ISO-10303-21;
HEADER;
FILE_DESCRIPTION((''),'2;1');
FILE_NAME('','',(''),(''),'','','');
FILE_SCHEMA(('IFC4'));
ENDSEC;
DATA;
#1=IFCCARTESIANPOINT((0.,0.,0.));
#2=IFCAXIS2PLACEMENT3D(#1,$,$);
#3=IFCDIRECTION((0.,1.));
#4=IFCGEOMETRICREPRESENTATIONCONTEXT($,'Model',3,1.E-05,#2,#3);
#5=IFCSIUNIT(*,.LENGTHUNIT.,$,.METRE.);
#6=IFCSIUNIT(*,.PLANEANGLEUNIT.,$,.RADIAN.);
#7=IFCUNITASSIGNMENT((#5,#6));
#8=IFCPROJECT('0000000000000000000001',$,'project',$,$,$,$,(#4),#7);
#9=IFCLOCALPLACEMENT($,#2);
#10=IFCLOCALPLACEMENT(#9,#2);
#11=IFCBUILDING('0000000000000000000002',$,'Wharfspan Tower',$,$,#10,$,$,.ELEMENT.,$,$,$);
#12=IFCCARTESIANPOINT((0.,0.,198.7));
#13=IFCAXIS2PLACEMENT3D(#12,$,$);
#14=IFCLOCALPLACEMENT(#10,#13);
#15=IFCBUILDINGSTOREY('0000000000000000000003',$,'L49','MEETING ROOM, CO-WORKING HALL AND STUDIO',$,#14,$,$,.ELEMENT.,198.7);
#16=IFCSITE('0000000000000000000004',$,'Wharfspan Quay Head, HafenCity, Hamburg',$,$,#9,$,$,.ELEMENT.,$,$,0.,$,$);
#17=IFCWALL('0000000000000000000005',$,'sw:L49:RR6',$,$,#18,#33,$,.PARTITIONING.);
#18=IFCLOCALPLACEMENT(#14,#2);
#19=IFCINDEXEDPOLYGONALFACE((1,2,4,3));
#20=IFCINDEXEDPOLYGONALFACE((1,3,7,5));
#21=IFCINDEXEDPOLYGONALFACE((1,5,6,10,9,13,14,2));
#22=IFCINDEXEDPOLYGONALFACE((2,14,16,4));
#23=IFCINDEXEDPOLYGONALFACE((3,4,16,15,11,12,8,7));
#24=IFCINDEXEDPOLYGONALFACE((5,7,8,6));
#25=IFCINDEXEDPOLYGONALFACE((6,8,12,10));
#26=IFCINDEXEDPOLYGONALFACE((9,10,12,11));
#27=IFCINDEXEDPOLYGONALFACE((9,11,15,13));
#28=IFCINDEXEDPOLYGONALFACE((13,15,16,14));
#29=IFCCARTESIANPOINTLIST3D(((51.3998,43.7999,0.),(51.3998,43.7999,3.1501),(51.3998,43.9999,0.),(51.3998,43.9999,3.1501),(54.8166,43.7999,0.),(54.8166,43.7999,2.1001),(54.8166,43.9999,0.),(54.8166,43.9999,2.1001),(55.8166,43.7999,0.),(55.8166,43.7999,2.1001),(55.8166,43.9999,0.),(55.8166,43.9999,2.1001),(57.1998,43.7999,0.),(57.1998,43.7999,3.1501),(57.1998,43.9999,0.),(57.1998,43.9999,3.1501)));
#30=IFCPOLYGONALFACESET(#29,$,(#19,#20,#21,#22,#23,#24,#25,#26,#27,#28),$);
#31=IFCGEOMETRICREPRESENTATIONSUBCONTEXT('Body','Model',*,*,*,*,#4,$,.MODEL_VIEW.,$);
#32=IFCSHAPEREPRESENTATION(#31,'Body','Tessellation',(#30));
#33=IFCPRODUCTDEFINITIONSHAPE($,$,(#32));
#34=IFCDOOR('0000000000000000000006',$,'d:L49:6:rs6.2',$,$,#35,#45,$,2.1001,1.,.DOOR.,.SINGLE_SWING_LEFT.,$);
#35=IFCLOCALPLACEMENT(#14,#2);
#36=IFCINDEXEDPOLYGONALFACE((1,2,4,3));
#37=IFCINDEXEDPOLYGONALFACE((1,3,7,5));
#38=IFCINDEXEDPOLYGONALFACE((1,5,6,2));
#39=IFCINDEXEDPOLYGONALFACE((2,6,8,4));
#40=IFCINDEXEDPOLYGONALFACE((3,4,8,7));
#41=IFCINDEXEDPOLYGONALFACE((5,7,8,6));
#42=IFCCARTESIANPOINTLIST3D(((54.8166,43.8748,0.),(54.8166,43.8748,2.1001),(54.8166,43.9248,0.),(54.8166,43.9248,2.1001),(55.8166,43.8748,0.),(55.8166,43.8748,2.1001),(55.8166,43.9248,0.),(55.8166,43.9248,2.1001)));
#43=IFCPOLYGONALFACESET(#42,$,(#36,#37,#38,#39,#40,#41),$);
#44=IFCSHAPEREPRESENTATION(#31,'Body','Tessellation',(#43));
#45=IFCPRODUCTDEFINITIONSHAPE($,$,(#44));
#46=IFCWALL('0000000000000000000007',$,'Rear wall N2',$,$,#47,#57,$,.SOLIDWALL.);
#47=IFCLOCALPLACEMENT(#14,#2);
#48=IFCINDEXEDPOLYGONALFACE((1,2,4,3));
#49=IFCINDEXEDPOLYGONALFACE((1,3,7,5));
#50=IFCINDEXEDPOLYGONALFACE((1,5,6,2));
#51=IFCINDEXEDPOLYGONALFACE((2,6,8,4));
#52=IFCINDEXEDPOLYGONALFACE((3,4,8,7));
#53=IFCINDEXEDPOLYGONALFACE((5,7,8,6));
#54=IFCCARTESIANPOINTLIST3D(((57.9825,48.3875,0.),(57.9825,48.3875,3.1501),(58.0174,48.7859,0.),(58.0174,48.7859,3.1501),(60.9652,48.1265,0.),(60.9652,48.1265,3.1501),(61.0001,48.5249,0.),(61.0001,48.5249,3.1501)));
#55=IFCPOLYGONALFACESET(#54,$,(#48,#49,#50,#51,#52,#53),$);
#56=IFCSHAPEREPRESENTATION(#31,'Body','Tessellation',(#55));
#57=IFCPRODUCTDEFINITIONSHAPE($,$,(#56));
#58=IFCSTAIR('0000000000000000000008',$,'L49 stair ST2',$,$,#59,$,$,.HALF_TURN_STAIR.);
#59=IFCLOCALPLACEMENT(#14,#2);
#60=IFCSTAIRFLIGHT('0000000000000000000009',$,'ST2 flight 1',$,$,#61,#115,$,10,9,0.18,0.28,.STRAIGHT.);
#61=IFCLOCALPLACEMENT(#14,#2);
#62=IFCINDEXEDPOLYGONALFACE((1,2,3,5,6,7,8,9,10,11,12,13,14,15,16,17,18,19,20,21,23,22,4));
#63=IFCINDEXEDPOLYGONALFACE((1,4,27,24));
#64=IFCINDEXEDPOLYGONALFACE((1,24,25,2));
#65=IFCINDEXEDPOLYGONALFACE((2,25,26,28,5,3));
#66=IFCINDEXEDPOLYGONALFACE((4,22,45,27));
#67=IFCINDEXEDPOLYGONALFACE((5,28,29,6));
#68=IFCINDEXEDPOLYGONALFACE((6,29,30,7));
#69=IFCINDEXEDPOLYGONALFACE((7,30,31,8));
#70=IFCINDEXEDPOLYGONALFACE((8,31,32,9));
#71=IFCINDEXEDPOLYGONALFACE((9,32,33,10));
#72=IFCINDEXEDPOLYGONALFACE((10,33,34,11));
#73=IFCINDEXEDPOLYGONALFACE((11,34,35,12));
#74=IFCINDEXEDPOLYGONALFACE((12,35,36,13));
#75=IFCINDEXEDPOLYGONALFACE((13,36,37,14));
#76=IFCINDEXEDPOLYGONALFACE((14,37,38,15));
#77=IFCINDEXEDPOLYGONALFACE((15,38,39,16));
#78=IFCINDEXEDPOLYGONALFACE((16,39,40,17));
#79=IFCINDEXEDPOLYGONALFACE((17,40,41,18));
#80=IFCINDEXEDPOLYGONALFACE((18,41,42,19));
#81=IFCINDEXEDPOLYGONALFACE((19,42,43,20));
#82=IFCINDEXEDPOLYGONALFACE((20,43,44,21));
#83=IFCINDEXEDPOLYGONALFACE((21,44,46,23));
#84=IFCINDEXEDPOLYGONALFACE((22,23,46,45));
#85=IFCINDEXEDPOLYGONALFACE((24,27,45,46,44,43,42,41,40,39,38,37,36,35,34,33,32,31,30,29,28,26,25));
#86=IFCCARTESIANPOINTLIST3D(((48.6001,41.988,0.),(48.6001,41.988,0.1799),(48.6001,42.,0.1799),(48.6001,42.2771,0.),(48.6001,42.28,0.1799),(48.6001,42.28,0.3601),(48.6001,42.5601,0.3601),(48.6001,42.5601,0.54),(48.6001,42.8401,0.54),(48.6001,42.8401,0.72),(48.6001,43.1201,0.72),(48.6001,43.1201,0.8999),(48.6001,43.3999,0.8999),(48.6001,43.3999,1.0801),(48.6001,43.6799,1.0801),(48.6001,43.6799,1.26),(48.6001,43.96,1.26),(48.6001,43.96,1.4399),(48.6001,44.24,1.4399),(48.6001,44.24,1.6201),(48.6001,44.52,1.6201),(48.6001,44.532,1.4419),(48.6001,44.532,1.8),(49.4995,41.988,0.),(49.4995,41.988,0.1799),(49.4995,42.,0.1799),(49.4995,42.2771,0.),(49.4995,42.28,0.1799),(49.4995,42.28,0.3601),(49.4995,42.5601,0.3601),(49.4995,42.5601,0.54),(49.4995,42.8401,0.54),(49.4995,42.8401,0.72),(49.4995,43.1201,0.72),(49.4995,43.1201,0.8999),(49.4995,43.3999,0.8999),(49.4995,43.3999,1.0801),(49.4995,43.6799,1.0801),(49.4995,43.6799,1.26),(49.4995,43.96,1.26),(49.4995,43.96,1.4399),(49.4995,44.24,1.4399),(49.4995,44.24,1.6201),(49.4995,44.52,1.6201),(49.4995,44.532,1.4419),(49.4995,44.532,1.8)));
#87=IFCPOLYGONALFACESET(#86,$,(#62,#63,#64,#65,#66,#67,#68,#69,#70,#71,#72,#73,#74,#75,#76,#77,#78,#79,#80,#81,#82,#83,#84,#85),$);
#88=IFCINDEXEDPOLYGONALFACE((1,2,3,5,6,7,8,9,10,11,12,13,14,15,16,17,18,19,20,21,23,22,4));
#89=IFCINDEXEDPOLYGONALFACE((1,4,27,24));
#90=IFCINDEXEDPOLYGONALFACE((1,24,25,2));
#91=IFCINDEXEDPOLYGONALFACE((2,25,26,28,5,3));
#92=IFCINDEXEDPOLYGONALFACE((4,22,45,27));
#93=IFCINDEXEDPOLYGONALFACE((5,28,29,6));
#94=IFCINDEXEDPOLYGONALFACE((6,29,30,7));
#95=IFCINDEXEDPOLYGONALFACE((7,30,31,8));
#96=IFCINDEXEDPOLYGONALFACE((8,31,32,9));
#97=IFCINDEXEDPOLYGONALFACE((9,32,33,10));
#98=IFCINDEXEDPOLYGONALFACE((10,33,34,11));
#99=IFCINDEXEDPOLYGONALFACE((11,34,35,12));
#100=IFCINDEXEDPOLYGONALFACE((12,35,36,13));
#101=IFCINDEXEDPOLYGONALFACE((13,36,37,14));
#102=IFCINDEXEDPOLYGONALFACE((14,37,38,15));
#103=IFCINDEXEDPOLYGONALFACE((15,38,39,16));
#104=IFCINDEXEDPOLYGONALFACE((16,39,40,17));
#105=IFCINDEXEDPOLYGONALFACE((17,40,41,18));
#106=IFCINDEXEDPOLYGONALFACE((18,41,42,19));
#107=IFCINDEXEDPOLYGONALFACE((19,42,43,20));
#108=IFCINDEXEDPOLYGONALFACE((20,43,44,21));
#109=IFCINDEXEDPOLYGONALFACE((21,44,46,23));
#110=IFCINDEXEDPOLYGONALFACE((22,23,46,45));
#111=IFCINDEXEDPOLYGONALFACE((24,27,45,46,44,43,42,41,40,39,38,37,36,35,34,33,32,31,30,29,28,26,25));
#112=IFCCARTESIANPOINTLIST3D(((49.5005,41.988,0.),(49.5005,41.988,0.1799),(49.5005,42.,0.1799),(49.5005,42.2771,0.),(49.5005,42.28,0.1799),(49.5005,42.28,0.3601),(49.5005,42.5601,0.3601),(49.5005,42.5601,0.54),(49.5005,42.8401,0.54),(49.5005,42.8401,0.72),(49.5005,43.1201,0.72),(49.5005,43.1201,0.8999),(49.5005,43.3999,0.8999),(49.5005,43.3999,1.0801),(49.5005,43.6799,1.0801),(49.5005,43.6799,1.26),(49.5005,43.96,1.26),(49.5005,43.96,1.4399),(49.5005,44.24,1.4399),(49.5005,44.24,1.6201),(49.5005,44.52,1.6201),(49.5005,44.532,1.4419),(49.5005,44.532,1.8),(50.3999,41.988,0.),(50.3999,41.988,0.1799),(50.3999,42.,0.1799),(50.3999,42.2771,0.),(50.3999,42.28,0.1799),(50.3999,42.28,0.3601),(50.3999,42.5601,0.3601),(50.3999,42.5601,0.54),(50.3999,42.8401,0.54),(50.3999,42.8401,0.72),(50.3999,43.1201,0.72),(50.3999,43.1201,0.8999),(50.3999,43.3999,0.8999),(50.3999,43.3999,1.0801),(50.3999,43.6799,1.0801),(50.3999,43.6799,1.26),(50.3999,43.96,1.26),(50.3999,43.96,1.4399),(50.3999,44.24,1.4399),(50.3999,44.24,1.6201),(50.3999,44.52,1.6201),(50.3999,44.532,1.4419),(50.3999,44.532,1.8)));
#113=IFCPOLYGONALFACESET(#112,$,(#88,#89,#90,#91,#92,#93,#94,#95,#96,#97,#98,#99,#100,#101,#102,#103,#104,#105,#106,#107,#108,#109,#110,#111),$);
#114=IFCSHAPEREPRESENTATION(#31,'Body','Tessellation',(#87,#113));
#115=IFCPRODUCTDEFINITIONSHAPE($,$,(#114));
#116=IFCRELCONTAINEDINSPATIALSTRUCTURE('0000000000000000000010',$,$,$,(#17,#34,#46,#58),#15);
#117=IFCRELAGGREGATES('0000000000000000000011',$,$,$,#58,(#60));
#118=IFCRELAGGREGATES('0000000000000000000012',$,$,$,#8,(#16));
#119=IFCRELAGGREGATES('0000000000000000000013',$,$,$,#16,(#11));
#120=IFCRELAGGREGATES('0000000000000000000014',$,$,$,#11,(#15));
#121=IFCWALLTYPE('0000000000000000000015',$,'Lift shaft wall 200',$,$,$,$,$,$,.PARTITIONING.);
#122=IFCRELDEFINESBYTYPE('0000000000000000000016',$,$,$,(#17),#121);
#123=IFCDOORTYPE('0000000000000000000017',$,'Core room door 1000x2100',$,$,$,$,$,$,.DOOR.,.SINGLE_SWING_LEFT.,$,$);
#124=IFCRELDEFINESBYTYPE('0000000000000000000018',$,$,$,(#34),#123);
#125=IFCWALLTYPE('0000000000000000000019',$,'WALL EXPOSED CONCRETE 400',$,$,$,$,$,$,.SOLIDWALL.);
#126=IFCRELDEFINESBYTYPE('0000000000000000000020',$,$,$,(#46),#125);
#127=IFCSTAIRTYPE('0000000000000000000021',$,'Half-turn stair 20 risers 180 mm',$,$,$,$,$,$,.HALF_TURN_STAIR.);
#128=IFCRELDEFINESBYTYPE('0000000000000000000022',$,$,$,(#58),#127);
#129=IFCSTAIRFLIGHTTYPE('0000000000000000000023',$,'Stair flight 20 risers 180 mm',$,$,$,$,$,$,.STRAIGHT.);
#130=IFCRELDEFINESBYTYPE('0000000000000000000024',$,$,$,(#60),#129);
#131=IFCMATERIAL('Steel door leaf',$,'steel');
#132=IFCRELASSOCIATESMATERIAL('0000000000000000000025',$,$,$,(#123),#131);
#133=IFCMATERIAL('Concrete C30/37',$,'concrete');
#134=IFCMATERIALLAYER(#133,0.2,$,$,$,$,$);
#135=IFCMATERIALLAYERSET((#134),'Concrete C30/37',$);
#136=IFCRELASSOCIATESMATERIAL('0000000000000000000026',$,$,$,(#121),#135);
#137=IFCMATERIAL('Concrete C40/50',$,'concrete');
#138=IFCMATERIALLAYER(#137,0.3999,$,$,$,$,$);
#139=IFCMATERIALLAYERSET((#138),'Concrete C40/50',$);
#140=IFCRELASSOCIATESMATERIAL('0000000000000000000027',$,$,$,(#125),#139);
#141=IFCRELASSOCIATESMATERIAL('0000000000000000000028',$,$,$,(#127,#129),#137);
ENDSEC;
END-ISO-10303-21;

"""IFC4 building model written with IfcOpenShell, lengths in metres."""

from ifc_helpers import new_model, si_unit, direction, frame, frame_2d, origin, place, context, subcontext, project, spatial, polyline, rectangle, outline, extrude, material, layer, layer_set, type_object, element, fill, aggregate, save


model = new_model("IFC4")

# Units and contexts
model_context = context("Model", 3, precision=1e-05, world=origin(), true_north=direction((0.0, 1.0)))
body_context = subcontext(model_context, "Body", "Model", "MODEL_VIEW")
ifc_project = project(units=[si_unit("LENGTHUNIT", "METRE"), si_unit("PLANEANGLEUNIT", "RADIAN")], contexts=[model_context])

# Site, building, storey
site_placement = place(None, origin())
site = spatial("IfcSite", under=ifc_project, at=site_placement, Name="Wharfspan Quay Head, HafenCity, Hamburg", CompositionType="ELEMENT", RefElevation=0.0)
building_placement = place(site_placement, origin())
building = spatial("IfcBuilding", under=site, at=building_placement, Name="Wharfspan Tower", CompositionType="ELEMENT")
storey_placement = place(building_placement, frame((0.0, 0.0, 198.7)))
storey = spatial("IfcBuildingStorey", under=building, at=storey_placement, Name="L49", Description="MEETING ROOM, CO-WORKING HALL AND STUDIO", CompositionType="ELEMENT", Elevation=198.7)

# Shared definitions
ifc_material_1 = material(Name="Steel door leaf", Category="steel")
door_type_1 = type_object("IfcDoorType", Name="Core room door 1000x2100", OperationType="SINGLE_SWING_LEFT", PredefinedType="DOOR", material=ifc_material_1)

# Shared definitions
ifc_material_2 = material(Name="Concrete C30/37", Category="concrete")
ifc_layer_1 = layer(ifc_material_2, 0.2)
ifc_layer_set_1 = layer_set([ifc_layer_1], Name="Concrete C30/37")
wall_type_1 = type_object("IfcWallType", Name="Lift shaft wall 200", PredefinedType="PARTITIONING", material=ifc_layer_set_1)

# Wall, opening, door
wall_1_placement = place(storey_placement, frame((51.3999, 43.8999, 0.0), z_axis=(0.0, 0.0, 1.0), x_axis=(1.0, 0.0, 0.0)))
wall_1 = element("IfcWall", 1, at=wall_1_placement, inside=storey, type_object=wall_type_1, Name="sw:L49:RR6", PredefinedType="PARTITIONING", context=body_context, shape_type="SweptSolid", body=[
    extrude(rectangle(XDim=5.8, YDim=0.2, at=frame_2d((2.8999, 0.0))), origin(), (0.0, 0.0, 1.0), 3.1501),
])
opening_1_placement = place(wall_1_placement, frame((3.4167, 0.0, 0.0)))
opening_1 = element("IfcOpeningElement", 2, at=opening_1_placement, cuts=wall_1, PredefinedType="OPENING", context=body_context, shape_type="SweptSolid", body=[
    extrude(rectangle(XDim=1.0, YDim=2.1001, at=frame_2d((0.5, 1.05))), frame((0.0, 0.1099, 0.0), z_axis=(0.0, -1.0, 0.0), x_axis=(1.0, 0.0, 0.0)), (0.0, 0.0, 1.0), 0.22),
])
door_1_placement = place(opening_1_placement, origin())
door_1 = element("IfcDoor", 3, at=door_1_placement, inside=storey, type_object=door_type_1, Name="d:L49:6:rs6.2", OperationType="SINGLE_SWING_LEFT", OverallHeight=2.1001, OverallWidth=1.0, PredefinedType="DOOR", context=body_context, shape_type="SweptSolid", body=[
    extrude(rectangle(XDim=1.0, YDim=2.1001, at=frame_2d((0.5, 1.05))), frame((0.0, 0.0249, 0.0), z_axis=(0.0, -1.0, 0.0), x_axis=(1.0, 0.0, 0.0)), (0.0, 0.0, 1.0), 0.05),
])
fill(opening_1, door_1)

# Wall
ifc_material_3 = material(Name="Concrete C40/50", Category="concrete")
ifc_layer_2 = layer(ifc_material_3, 0.3999)
ifc_layer_set_2 = layer_set([ifc_layer_2], Name="Concrete C40/50")
wall_type_2 = type_object("IfcWallType", Name="WALL EXPOSED CONCRETE 400", PredefinedType="SOLIDWALL", material=ifc_layer_set_2)
wall_2_placement = place(storey_placement, frame((60.9827, 48.3257, 0.0), z_axis=(0.0, 0.0, 1.0), x_axis=(-0.996194, 0.087168, 0.0)))
element("IfcWall", 4, at=wall_2_placement, inside=storey, type_object=wall_type_2, Name="Rear wall N2", PredefinedType="SOLIDWALL", context=body_context, shape_type="SweptSolid", body=[
    extrude(rectangle(XDim=2.9941, YDim=0.3999, at=frame_2d((1.4971, 0.0))), origin(), (0.0, 0.0, 1.0), 3.1501),
])

# Stair, stair flight
stair_type = type_object("IfcStairType", Name="Half-turn stair 20 risers 180 mm", PredefinedType="HALF_TURN_STAIR", material=ifc_material_3)
stair_placement = place(storey_placement, origin())
stair = element("IfcStair", 5, at=stair_placement, inside=storey, type_object=stair_type, Name="L49 stair ST2", PredefinedType="HALF_TURN_STAIR")
stair_flight_type = type_object("IfcStairFlightType", Name="Stair flight 20 risers 180 mm", PredefinedType="STRAIGHT", material=ifc_material_3)
stair_flight_placement = place(storey_placement, frame((49.5, 42.0, 0.0), z_axis=(0.0, 0.0, 1.0), x_axis=(0.0, 1.0, 0.0)))
stair_flight = element("IfcStairFlight", 6, at=stair_flight_placement, type_object=stair_flight_type, Name="ST2 flight 1", NumberOfRisers=10, NumberOfTreads=9, PredefinedType="STRAIGHT", RiserHeight=0.18, TreadLength=0.28, context=body_context, shape_type="SweptSolid", body=[
    extrude(outline(polyline([(-0.012, 0.0), (-0.012, 0.1799), (0.0, 0.1799), (0.28, 0.1799), (0.28, 0.3601), (0.5601, 0.3601), (0.5601, 0.54), (0.8401, 0.54), (0.8401, 0.72), (1.1201, 0.72), (1.1201, 0.8999), (1.3999, 0.8999), (1.3999, 1.0801), (1.6799, 1.0801), (1.6799, 1.26), (1.96, 1.26), (1.96, 1.4399), (2.24, 1.4399), (2.24, 1.6201), (2.52, 1.6201), (2.532, 1.8), (2.532, 1.4419), (0.2771, 0.0), (-0.012, 0.0)])), frame((0.0, 0.8999, 0.0), z_axis=(0.0, -1.0, 0.0), x_axis=(1.0, 0.0, 0.0)), (0.0, 0.0, 1.0), 0.8994),
    extrude(outline(polyline([(-0.012, 0.0), (-0.012, 0.1799), (0.0, 0.1799), (0.28, 0.1799), (0.28, 0.3601), (0.5601, 0.3601), (0.5601, 0.54), (0.8401, 0.54), (0.8401, 0.72), (1.1201, 0.72), (1.1201, 0.8999), (1.3999, 0.8999), (1.3999, 1.0801), (1.6799, 1.0801), (1.6799, 1.26), (1.96, 1.26), (1.96, 1.4399), (2.24, 1.4399), (2.24, 1.6201), (2.52, 1.6201), (2.532, 1.8), (2.532, 1.4419), (0.2771, 0.0), (-0.012, 0.0)])), frame((0.0, -0.0005, 0.0), z_axis=(0.0, -1.0, 0.0), x_axis=(1.0, 0.0, 0.0)), (0.0, 0.0, 1.0), 0.8994),
])
aggregate(stair, [stair_flight])

save(model, "model.ifc")
